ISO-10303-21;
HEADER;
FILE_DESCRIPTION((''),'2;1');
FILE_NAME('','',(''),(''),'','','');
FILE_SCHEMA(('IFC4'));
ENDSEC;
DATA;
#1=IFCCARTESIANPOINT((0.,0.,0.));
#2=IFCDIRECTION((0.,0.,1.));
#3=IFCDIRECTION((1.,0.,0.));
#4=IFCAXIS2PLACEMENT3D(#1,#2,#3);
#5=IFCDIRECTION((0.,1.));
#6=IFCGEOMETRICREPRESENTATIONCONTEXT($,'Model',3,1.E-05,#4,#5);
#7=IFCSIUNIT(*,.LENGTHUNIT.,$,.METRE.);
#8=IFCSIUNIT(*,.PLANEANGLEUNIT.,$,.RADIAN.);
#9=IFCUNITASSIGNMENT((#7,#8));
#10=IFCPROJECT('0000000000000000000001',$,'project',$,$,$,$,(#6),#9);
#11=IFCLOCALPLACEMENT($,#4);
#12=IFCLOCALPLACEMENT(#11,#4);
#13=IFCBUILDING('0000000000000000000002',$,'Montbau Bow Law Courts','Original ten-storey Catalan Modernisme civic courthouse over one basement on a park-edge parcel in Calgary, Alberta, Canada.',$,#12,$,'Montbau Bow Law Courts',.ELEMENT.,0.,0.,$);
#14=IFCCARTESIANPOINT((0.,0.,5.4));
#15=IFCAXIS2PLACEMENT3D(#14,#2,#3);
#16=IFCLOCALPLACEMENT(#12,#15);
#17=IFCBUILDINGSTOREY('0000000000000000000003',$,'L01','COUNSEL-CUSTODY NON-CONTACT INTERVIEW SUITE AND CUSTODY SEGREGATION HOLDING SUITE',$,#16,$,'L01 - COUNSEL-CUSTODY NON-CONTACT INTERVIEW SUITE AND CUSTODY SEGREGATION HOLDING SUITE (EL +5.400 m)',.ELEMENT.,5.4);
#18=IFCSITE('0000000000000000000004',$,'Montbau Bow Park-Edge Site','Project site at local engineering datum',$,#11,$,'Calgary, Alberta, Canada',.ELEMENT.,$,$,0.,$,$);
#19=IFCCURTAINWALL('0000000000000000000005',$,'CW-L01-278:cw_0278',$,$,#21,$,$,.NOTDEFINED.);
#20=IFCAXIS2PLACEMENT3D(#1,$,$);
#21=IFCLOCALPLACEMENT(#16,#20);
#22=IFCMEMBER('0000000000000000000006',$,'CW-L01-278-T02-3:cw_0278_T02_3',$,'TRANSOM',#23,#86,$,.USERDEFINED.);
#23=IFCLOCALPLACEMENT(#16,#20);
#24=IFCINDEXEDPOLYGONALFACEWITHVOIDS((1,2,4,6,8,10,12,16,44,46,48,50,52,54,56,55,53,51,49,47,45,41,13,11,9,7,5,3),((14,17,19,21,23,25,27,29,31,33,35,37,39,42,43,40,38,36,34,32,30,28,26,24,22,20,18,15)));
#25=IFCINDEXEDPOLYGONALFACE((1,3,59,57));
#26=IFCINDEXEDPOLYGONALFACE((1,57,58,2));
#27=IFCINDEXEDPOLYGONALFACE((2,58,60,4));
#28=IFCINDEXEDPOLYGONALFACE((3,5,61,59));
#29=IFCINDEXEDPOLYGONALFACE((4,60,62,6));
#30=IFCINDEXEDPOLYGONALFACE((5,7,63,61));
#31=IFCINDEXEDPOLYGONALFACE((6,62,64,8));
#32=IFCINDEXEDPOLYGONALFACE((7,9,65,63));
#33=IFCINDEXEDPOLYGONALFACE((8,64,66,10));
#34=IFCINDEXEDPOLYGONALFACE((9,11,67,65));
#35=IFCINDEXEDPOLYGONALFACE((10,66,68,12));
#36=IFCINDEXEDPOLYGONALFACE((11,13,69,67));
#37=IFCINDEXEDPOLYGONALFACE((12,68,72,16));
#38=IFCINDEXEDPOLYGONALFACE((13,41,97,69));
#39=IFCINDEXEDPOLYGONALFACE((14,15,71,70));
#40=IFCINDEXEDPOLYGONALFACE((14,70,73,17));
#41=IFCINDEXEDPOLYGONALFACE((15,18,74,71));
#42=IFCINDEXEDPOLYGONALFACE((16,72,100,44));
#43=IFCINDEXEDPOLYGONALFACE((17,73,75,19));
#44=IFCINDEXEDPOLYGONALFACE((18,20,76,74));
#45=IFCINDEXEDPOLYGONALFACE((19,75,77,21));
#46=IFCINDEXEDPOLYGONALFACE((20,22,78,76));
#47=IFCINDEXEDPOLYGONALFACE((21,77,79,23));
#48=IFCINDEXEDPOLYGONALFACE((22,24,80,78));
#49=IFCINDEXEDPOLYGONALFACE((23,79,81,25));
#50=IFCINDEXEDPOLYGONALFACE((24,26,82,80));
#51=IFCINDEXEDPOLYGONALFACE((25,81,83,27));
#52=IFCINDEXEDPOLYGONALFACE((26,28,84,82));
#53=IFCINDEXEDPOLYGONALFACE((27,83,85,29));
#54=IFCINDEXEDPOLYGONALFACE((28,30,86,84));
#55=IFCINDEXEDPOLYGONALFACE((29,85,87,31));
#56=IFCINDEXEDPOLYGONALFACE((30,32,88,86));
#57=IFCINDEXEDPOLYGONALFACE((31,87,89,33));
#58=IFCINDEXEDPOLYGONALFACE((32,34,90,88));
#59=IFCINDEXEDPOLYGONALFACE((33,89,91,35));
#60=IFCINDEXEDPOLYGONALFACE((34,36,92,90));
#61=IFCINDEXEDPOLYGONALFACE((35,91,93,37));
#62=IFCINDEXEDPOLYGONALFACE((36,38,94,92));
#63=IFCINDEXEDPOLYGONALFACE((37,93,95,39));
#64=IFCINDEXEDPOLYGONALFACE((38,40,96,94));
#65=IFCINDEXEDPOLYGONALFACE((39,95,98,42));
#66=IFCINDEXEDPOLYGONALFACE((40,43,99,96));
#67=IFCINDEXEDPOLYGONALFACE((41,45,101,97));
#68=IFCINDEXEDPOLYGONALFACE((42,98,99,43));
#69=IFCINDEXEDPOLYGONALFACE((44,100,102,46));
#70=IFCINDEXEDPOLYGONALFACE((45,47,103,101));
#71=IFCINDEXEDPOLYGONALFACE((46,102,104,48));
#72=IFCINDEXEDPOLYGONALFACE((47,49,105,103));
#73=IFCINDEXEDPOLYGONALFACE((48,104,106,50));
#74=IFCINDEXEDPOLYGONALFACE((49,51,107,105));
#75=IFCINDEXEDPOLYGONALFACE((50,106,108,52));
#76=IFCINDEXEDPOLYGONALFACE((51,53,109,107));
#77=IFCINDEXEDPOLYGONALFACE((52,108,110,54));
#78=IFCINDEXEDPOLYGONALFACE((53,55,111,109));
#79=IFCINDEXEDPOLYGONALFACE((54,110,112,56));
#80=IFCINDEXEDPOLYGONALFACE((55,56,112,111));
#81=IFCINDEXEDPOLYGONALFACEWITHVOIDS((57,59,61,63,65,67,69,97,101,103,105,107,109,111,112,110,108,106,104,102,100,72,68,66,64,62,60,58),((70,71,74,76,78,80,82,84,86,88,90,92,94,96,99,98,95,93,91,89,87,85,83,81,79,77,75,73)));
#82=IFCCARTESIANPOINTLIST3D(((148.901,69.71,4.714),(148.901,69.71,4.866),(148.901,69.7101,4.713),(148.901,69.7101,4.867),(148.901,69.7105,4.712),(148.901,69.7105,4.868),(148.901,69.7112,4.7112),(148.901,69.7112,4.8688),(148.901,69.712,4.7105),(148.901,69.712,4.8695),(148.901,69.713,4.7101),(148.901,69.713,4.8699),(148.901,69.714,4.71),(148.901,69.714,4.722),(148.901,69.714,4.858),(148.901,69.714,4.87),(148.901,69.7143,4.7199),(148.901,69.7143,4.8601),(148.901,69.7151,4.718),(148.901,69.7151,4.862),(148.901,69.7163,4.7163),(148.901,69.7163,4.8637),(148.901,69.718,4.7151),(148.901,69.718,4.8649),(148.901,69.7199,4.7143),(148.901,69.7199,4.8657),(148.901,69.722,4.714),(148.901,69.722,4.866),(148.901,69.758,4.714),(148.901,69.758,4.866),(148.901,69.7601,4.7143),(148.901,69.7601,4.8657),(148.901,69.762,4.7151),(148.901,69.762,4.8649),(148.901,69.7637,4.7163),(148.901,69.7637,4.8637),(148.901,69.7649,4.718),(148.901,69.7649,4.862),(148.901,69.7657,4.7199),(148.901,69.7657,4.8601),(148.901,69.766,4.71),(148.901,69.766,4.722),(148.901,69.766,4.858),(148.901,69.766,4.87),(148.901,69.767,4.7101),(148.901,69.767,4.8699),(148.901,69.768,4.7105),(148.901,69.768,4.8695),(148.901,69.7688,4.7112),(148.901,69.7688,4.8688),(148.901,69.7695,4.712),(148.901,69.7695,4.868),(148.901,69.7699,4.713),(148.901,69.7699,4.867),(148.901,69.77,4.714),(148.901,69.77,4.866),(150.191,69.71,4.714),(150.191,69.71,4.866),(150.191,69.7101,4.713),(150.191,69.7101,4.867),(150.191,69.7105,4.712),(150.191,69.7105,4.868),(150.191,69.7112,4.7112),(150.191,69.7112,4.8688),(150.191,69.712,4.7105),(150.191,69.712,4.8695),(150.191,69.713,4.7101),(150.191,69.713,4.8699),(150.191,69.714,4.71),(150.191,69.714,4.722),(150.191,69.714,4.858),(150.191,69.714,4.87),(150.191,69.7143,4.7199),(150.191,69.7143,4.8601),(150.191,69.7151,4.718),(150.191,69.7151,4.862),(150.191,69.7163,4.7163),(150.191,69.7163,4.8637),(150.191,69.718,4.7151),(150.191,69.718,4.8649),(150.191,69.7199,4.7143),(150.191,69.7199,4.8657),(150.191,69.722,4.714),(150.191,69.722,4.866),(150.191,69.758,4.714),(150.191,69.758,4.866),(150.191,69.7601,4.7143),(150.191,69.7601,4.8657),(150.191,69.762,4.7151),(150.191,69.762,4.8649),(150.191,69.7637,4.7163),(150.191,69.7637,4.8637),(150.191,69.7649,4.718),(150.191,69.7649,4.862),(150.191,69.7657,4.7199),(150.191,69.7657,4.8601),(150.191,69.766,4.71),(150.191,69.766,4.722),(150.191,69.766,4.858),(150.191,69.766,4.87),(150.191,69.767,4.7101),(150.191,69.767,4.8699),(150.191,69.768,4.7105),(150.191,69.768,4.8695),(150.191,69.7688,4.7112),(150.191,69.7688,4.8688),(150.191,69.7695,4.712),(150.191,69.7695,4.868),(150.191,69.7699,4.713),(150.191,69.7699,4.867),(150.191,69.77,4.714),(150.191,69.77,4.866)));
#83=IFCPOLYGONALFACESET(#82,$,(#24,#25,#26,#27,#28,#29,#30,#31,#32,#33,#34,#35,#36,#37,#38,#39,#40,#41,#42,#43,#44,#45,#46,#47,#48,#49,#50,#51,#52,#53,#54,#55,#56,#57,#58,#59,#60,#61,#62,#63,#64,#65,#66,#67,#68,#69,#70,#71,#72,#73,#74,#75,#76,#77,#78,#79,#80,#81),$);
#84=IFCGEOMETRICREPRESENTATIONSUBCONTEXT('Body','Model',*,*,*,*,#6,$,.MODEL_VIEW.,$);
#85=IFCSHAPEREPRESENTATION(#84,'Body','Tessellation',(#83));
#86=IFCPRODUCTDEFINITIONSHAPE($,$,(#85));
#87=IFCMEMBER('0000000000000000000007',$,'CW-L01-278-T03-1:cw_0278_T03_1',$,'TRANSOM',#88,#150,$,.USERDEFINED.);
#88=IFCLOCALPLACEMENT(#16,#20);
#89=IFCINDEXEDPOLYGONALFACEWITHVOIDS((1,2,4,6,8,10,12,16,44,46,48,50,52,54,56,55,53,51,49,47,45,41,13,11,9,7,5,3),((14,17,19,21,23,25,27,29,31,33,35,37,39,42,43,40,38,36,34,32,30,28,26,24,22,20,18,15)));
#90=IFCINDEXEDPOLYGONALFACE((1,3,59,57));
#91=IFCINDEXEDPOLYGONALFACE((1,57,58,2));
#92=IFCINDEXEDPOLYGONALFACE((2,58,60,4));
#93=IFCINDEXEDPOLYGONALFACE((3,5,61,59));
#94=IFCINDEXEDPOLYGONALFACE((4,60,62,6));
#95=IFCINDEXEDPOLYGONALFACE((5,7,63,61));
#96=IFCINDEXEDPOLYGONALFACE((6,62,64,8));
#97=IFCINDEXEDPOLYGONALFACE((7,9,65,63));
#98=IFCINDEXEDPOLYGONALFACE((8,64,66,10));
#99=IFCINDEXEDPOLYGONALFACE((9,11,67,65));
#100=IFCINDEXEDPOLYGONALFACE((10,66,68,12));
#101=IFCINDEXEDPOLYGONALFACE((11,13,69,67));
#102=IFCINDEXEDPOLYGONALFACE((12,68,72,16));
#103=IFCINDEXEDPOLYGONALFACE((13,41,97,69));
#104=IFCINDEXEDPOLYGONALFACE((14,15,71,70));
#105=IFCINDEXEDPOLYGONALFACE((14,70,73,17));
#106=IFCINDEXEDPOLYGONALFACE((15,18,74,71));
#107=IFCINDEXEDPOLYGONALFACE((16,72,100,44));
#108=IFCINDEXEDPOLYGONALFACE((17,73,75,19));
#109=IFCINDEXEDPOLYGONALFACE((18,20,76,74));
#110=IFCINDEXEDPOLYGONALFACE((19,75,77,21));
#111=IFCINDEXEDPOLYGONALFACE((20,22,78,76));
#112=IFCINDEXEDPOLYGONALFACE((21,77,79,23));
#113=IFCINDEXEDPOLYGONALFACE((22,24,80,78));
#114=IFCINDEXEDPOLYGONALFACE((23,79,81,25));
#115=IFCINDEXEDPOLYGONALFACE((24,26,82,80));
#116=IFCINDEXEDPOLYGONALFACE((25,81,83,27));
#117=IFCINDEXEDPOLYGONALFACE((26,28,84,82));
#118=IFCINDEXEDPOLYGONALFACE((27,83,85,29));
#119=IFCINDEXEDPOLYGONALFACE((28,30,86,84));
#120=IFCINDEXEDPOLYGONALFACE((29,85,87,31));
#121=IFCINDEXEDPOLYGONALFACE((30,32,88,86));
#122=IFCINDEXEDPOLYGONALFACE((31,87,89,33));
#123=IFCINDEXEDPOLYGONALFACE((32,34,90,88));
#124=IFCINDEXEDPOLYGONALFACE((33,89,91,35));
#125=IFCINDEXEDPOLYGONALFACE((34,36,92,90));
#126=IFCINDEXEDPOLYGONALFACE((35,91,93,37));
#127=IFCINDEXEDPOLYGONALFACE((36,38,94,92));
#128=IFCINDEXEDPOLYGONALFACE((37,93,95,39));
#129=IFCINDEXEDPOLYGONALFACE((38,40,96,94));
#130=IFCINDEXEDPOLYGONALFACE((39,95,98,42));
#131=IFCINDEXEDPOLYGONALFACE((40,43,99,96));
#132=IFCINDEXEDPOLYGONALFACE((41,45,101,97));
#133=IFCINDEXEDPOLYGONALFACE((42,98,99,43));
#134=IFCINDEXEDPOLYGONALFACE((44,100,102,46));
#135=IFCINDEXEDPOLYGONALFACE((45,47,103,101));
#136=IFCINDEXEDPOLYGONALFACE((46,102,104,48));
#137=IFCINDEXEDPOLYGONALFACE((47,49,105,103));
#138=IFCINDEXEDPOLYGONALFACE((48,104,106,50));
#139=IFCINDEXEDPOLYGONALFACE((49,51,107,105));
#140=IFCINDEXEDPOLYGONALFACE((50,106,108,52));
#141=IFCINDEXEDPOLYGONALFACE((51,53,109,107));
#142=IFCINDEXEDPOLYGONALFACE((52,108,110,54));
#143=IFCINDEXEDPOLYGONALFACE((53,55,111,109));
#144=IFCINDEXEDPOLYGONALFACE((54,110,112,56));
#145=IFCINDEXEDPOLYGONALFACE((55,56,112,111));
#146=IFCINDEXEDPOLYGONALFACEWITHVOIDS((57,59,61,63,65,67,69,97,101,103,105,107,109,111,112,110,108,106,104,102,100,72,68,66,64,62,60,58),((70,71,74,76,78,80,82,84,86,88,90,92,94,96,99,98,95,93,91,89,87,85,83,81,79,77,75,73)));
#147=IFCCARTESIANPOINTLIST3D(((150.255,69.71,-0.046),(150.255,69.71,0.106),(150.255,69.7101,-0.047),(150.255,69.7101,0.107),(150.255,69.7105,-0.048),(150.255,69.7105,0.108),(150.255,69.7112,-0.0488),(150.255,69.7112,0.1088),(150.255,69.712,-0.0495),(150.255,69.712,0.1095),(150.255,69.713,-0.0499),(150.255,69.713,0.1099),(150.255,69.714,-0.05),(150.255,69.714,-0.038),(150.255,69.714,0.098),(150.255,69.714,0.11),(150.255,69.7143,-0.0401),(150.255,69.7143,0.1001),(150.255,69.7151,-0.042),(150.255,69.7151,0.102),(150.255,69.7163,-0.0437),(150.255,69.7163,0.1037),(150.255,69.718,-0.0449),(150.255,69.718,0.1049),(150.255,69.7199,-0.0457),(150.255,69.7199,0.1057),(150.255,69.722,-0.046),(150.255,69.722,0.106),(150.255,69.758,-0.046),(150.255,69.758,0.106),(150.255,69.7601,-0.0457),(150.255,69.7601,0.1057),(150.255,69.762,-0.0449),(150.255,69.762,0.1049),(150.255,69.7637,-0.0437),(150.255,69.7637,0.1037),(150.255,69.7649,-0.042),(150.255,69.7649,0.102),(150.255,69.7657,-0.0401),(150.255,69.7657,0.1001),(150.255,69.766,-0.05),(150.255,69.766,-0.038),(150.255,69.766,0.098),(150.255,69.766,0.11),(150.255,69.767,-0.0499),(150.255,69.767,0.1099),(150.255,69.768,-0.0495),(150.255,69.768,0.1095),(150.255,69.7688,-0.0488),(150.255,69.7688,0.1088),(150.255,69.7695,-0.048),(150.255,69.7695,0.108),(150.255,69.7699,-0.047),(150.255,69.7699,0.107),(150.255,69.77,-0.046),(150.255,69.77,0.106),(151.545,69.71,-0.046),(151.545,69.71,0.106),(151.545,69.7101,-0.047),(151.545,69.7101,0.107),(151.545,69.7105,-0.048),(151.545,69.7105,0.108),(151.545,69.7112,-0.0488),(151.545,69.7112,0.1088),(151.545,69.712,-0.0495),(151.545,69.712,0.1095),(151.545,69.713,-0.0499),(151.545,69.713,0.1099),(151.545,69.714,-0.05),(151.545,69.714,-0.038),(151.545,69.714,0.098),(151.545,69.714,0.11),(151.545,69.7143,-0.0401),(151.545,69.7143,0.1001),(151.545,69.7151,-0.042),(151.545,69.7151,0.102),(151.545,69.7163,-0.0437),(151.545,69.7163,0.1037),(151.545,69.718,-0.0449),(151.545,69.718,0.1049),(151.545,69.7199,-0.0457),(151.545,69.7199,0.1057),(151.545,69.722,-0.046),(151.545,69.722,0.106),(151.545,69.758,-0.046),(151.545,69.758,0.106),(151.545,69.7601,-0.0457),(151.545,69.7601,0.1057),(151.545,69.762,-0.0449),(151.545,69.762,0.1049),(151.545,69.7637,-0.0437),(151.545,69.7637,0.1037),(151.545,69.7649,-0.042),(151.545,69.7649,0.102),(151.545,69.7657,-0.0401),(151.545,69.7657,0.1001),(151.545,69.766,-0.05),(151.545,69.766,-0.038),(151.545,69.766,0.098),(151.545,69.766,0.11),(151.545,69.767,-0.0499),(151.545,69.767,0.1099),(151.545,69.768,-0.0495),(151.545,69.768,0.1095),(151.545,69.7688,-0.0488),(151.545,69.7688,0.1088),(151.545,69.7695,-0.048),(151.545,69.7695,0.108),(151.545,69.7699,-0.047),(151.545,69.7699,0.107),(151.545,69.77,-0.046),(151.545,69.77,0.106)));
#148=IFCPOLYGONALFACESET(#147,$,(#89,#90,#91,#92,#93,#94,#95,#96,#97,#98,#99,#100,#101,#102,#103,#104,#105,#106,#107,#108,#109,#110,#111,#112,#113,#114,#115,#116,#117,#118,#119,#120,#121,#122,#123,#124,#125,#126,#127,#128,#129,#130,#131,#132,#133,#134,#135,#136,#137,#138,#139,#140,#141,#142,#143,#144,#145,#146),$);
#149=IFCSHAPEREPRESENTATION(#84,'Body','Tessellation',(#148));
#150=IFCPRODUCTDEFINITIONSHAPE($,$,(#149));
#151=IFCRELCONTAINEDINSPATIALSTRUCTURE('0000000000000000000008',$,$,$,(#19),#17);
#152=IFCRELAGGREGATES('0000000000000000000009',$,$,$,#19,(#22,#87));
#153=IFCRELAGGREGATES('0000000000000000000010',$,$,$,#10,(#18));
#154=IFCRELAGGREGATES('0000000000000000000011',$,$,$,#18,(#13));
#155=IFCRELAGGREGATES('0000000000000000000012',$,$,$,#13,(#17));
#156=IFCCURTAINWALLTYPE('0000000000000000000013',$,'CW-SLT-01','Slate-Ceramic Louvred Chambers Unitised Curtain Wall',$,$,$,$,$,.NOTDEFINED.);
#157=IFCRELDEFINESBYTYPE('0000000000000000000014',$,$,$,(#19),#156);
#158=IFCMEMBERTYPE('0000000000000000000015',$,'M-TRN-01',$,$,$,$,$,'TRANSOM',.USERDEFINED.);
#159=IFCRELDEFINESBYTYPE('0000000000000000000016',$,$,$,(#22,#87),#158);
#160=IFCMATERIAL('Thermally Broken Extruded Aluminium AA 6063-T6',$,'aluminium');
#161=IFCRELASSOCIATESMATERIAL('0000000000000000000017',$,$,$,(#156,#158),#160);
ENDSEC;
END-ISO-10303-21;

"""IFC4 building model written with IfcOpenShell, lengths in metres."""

from ifc_helpers import new_model, si_unit, direction, frame, origin_with_axes, origin_2d_with_axis, place, context, subcontext, project, spatial, hollow_rectangle, extrude, material, material_profile, profile_set, type_object, element, aggregate, save


model = new_model("IFC4")

# Units and contexts
model_context = context("Model", 3, precision=1e-05, world=origin_with_axes(), true_north=direction((0.0, 1.0)))
body_context = subcontext(model_context, "Body", "Model", "MODEL_VIEW")
ifc_project = project(units=[si_unit("LENGTHUNIT", "METRE"), si_unit("PLANEANGLEUNIT", "RADIAN")], contexts=[model_context])

# Site, building, storey
site_placement = place(None, origin_with_axes())
site = spatial("IfcSite", under=ifc_project, at=site_placement, Name="Montbau Bow Park-Edge Site", Description="Project site at local engineering datum", LongName="Calgary, Alberta, Canada", CompositionType="ELEMENT", RefElevation=0.0)
building_placement = place(site_placement, origin_with_axes())
building = spatial("IfcBuilding", under=site, at=building_placement, Name="Montbau Bow Law Courts", Description="Original ten-storey Catalan Modernisme civic courthouse over one basement on a park-edge parcel in Calgary, Alberta, Canada.", LongName="Montbau Bow Law Courts", CompositionType="ELEMENT", ElevationOfRefHeight=0.0, ElevationOfTerrain=0.0)
storey_placement = place(building_placement, frame((0.0, 0.0, 5.4), z_axis=(0.0, 0.0, 1.0), x_axis=(1.0, 0.0, 0.0)))
storey = spatial("IfcBuildingStorey", under=building, at=storey_placement, Name="L01", Description="COUNSEL-CUSTODY NON-CONTACT INTERVIEW SUITE AND CUSTODY SEGREGATION HOLDING SUITE", LongName="L01 - COUNSEL-CUSTODY NON-CONTACT INTERVIEW SUITE AND CUSTODY SEGREGATION HOLDING SUITE (EL +5.400 m)", CompositionType="ELEMENT", Elevation=5.4)

# Curtain wall, members
ifc_material_1 = material(Name="Thermally Broken Extruded Aluminium AA 6063-T6", Category="aluminium")
curtain_wall_type = type_object("IfcCurtainWallType", Name="CW-SLT-01", Description="Slate-Ceramic Louvred Chambers Unitised Curtain Wall", PredefinedType="NOTDEFINED", material=ifc_material_1)
curtain_wall_placement = place(None, frame((147.515, 69.74, 5.4), z_axis=(0.0, 0.0, 1.0), x_axis=(1.0, 0.0, 0.0)))
curtain_wall = element("IfcCurtainWall", 1, at=curtain_wall_placement, inside=storey, type_object=curtain_wall_type, Name="CW-L01-278:cw_0278", PredefinedType="NOTDEFINED")
ifc_material_profile_1 = material_profile(ifc_material_1, hollow_rectangle(XDim=0.06, YDim=0.16, WallThickness=0.004, InnerFilletRadius=0.008, OuterFilletRadius=0.004, at=origin_2d_with_axis()), Name="CWT-160X60", Category="Main", Priority=0)
ifc_profile_set_1 = profile_set([ifc_material_profile_1], Name="Thermally Broken Extruded Aluminium AA 6063-T6")
member_type_1 = type_object("IfcMemberType", Name="M-TRN-01", ElementType="TRANSOM", PredefinedType="USERDEFINED", material=ifc_profile_set_1)
member_1_placement = place(None, frame((148.901, 69.74, 10.19), z_axis=(1.0, 0.0, 0.0), x_axis=(0.0, 1.0, 0.0)))
member_1 = element("IfcMember", 2, at=member_1_placement, type_object=member_type_1, Name="CW-L01-278-T02-3:cw_0278_T02_3", ObjectType="TRANSOM", PredefinedType="USERDEFINED", context=body_context, shape_type="SweptSolid", body=[
    extrude(hollow_rectangle(XDim=0.06, YDim=0.16, WallThickness=0.004, InnerFilletRadius=0.008, OuterFilletRadius=0.004, at=origin_2d_with_axis()), origin_with_axes(), (0.0, 0.0, 1.0), 1.29),
])
member_2_placement = place(None, frame((150.255, 69.74, 5.43), z_axis=(1.0, 0.0, 0.0), x_axis=(0.0, 1.0, 0.0)))
member_2 = element("IfcMember", 3, at=member_2_placement, type_object=member_type_1, Name="CW-L01-278-T03-1:cw_0278_T03_1", ObjectType="TRANSOM", PredefinedType="USERDEFINED", context=body_context, shape_type="SweptSolid", body=[
    extrude(hollow_rectangle(XDim=0.06, YDim=0.16, WallThickness=0.004, InnerFilletRadius=0.008, OuterFilletRadius=0.004, at=origin_2d_with_axis()), origin_with_axes(), (0.0, 0.0, 1.0), 1.29),
])
aggregate(curtain_wall, [member_1, member_2])

save(model, "model.ifc")
